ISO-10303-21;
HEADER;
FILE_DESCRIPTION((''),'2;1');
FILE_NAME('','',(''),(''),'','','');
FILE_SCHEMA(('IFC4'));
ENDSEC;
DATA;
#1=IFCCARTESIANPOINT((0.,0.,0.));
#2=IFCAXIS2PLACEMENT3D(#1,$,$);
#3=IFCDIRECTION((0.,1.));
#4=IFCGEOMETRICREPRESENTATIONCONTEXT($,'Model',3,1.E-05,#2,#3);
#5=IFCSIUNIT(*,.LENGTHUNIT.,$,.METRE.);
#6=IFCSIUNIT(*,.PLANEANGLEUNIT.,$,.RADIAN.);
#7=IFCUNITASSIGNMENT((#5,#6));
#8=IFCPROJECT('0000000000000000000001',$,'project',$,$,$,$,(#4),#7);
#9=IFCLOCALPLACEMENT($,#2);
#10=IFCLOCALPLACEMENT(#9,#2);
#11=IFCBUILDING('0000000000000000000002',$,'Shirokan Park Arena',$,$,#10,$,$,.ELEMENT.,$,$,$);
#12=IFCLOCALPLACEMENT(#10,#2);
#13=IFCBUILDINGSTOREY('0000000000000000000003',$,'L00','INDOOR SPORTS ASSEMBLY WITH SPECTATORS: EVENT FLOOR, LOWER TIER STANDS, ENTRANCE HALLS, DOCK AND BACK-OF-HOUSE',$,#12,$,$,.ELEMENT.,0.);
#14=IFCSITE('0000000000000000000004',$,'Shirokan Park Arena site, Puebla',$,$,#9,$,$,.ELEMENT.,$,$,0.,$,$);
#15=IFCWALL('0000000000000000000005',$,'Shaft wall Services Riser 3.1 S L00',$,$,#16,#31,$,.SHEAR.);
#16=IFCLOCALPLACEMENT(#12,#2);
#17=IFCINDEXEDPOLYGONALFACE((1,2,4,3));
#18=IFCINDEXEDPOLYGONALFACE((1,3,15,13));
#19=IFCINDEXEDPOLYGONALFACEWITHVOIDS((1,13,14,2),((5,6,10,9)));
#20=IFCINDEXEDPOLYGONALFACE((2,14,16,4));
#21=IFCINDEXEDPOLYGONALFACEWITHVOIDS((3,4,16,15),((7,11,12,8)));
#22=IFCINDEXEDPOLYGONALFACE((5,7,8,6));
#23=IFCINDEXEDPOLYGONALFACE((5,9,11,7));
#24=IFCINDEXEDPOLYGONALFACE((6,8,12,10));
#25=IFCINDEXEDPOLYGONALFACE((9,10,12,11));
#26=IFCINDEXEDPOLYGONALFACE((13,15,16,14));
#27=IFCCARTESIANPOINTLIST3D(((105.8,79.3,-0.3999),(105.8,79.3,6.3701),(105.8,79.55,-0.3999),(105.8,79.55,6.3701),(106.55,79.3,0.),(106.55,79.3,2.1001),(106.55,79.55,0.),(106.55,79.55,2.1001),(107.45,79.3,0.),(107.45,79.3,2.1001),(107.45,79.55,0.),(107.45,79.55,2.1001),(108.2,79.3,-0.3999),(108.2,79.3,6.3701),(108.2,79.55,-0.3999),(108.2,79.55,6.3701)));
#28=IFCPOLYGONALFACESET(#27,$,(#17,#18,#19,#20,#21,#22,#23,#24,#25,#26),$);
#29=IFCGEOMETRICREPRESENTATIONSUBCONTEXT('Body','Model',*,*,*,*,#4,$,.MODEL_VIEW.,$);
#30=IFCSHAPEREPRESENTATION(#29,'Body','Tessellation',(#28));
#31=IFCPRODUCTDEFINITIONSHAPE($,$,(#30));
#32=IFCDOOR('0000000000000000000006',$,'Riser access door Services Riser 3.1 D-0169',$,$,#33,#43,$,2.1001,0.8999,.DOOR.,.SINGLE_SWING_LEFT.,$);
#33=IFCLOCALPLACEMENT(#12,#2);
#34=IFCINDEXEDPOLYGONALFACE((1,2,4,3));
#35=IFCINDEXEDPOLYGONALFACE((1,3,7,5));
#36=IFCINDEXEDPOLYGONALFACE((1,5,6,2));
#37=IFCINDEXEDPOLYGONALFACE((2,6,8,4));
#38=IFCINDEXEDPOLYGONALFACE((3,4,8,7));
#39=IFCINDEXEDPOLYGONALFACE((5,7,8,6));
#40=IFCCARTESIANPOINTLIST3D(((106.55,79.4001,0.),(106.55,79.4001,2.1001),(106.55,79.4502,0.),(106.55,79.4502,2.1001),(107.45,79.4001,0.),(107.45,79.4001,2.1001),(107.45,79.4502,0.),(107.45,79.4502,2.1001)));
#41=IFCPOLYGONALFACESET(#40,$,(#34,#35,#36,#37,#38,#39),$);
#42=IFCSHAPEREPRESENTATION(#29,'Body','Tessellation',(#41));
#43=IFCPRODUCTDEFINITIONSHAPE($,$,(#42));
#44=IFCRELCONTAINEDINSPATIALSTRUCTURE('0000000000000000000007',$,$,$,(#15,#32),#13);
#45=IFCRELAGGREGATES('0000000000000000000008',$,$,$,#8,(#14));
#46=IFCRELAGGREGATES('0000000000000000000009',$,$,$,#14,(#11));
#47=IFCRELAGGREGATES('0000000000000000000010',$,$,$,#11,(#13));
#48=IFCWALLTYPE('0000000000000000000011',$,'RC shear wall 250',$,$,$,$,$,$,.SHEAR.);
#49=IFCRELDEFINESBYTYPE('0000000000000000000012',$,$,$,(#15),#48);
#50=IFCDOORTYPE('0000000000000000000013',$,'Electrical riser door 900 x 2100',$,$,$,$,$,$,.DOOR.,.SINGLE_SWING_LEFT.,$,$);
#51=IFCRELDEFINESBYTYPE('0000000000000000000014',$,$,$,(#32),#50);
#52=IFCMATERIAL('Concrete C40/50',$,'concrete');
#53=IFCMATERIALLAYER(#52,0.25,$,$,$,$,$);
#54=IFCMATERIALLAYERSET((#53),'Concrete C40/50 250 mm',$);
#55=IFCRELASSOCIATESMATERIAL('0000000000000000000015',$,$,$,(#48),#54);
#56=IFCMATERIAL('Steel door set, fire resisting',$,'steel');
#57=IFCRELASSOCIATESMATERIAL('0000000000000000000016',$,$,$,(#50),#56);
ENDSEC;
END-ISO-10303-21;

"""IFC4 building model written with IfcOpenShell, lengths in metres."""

from ifc_helpers import new_model, si_unit, direction, frame, frame_2d, origin, place, context, subcontext, project, spatial, rectangle, extrude, material, layer, layer_set, type_object, element, fill, save


model = new_model("IFC4")

# Units and contexts
model_context = context("Model", 3, precision=1e-05, world=origin(), true_north=direction((0.0, 1.0)))
body_context = subcontext(model_context, "Body", "Model", "MODEL_VIEW")
ifc_project = project(units=[si_unit("LENGTHUNIT", "METRE"), si_unit("PLANEANGLEUNIT", "RADIAN")], contexts=[model_context])

# Site, building, storey
site_placement = place(None, origin())
site = spatial("IfcSite", under=ifc_project, at=site_placement, Name="Shirokan Park Arena site, Puebla", CompositionType="ELEMENT", RefElevation=0.0)
building_placement = place(site_placement, origin())
building = spatial("IfcBuilding", under=site, at=building_placement, Name="Shirokan Park Arena", CompositionType="ELEMENT")
storey_placement = place(building_placement, origin())
storey = spatial("IfcBuildingStorey", under=building, at=storey_placement, Name="L00", Description="INDOOR SPORTS ASSEMBLY WITH SPECTATORS: EVENT FLOOR, LOWER TIER STANDS, ENTRANCE HALLS, DOCK AND BACK-OF-HOUSE", CompositionType="ELEMENT", Elevation=0.0)

# Shared definitions
ifc_material_1 = material(Name="Steel door set, fire resisting", Category="steel")

# Wall, opening, door
ifc_material_2 = material(Name="Concrete C40/50", Category="concrete")
ifc_layer_1 = layer(ifc_material_2, 0.25)
ifc_layer_set_1 = layer_set([ifc_layer_1], Name="Concrete C40/50 250 mm")
wall_type_1 = type_object("IfcWallType", Name="RC shear wall 250", PredefinedType="SHEAR", material=ifc_layer_set_1)
wall_1_placement = place(storey_placement, frame((108.2, 79.425, -0.3999), z_axis=(0.0, 0.0, 1.0), x_axis=(-1.0, 0.0, 0.0)))
wall_1 = element("IfcWall", 1, at=wall_1_placement, inside=storey, type_object=wall_type_1, Name="Shaft wall Services Riser 3.1 S L00", PredefinedType="SHEAR", context=body_context, shape_type="SweptSolid", body=[
    extrude(rectangle(XDim=2.3999, YDim=0.25, at=frame_2d((1.2, 0.0))), origin(), (0.0, 0.0, 1.0), 6.77),
])
opening_1_placement = place(wall_1_placement, frame((0.75, 0.0, 0.3999)))
opening_1 = element("IfcOpeningElement", 2, at=opening_1_placement, cuts=wall_1, PredefinedType="OPENING", context=body_context, shape_type="SweptSolid", body=[
    extrude(rectangle(XDim=0.8999, YDim=2.1001, at=frame_2d((0.45, 1.05))), frame((0.0, 0.135, 0.0), z_axis=(0.0, -1.0, 0.0), x_axis=(1.0, 0.0, 0.0)), (0.0, 0.0, 1.0), 0.27),
])
door_type_1 = type_object("IfcDoorType", Name="Electrical riser door 900 x 2100", OperationType="SINGLE_SWING_LEFT", PredefinedType="DOOR", material=ifc_material_1)
door_1_placement = place(opening_1_placement, origin())
door_1 = element("IfcDoor", 3, at=door_1_placement, inside=storey, type_object=door_type_1, Name="Riser access door Services Riser 3.1 D-0169", OperationType="SINGLE_SWING_LEFT", OverallHeight=2.1001, OverallWidth=0.8999, PredefinedType="DOOR", context=body_context, shape_type="SweptSolid", body=[
    extrude(rectangle(XDim=0.8999, YDim=2.1001, at=frame_2d((0.45, 1.05))), frame((0.0, 0.0249, 0.0), z_axis=(0.0, -1.0, 0.0), x_axis=(1.0, 0.0, 0.0)), (0.0, 0.0, 1.0), 0.05),
])
fill(opening_1, door_1)

save(model, "model.ifc")
